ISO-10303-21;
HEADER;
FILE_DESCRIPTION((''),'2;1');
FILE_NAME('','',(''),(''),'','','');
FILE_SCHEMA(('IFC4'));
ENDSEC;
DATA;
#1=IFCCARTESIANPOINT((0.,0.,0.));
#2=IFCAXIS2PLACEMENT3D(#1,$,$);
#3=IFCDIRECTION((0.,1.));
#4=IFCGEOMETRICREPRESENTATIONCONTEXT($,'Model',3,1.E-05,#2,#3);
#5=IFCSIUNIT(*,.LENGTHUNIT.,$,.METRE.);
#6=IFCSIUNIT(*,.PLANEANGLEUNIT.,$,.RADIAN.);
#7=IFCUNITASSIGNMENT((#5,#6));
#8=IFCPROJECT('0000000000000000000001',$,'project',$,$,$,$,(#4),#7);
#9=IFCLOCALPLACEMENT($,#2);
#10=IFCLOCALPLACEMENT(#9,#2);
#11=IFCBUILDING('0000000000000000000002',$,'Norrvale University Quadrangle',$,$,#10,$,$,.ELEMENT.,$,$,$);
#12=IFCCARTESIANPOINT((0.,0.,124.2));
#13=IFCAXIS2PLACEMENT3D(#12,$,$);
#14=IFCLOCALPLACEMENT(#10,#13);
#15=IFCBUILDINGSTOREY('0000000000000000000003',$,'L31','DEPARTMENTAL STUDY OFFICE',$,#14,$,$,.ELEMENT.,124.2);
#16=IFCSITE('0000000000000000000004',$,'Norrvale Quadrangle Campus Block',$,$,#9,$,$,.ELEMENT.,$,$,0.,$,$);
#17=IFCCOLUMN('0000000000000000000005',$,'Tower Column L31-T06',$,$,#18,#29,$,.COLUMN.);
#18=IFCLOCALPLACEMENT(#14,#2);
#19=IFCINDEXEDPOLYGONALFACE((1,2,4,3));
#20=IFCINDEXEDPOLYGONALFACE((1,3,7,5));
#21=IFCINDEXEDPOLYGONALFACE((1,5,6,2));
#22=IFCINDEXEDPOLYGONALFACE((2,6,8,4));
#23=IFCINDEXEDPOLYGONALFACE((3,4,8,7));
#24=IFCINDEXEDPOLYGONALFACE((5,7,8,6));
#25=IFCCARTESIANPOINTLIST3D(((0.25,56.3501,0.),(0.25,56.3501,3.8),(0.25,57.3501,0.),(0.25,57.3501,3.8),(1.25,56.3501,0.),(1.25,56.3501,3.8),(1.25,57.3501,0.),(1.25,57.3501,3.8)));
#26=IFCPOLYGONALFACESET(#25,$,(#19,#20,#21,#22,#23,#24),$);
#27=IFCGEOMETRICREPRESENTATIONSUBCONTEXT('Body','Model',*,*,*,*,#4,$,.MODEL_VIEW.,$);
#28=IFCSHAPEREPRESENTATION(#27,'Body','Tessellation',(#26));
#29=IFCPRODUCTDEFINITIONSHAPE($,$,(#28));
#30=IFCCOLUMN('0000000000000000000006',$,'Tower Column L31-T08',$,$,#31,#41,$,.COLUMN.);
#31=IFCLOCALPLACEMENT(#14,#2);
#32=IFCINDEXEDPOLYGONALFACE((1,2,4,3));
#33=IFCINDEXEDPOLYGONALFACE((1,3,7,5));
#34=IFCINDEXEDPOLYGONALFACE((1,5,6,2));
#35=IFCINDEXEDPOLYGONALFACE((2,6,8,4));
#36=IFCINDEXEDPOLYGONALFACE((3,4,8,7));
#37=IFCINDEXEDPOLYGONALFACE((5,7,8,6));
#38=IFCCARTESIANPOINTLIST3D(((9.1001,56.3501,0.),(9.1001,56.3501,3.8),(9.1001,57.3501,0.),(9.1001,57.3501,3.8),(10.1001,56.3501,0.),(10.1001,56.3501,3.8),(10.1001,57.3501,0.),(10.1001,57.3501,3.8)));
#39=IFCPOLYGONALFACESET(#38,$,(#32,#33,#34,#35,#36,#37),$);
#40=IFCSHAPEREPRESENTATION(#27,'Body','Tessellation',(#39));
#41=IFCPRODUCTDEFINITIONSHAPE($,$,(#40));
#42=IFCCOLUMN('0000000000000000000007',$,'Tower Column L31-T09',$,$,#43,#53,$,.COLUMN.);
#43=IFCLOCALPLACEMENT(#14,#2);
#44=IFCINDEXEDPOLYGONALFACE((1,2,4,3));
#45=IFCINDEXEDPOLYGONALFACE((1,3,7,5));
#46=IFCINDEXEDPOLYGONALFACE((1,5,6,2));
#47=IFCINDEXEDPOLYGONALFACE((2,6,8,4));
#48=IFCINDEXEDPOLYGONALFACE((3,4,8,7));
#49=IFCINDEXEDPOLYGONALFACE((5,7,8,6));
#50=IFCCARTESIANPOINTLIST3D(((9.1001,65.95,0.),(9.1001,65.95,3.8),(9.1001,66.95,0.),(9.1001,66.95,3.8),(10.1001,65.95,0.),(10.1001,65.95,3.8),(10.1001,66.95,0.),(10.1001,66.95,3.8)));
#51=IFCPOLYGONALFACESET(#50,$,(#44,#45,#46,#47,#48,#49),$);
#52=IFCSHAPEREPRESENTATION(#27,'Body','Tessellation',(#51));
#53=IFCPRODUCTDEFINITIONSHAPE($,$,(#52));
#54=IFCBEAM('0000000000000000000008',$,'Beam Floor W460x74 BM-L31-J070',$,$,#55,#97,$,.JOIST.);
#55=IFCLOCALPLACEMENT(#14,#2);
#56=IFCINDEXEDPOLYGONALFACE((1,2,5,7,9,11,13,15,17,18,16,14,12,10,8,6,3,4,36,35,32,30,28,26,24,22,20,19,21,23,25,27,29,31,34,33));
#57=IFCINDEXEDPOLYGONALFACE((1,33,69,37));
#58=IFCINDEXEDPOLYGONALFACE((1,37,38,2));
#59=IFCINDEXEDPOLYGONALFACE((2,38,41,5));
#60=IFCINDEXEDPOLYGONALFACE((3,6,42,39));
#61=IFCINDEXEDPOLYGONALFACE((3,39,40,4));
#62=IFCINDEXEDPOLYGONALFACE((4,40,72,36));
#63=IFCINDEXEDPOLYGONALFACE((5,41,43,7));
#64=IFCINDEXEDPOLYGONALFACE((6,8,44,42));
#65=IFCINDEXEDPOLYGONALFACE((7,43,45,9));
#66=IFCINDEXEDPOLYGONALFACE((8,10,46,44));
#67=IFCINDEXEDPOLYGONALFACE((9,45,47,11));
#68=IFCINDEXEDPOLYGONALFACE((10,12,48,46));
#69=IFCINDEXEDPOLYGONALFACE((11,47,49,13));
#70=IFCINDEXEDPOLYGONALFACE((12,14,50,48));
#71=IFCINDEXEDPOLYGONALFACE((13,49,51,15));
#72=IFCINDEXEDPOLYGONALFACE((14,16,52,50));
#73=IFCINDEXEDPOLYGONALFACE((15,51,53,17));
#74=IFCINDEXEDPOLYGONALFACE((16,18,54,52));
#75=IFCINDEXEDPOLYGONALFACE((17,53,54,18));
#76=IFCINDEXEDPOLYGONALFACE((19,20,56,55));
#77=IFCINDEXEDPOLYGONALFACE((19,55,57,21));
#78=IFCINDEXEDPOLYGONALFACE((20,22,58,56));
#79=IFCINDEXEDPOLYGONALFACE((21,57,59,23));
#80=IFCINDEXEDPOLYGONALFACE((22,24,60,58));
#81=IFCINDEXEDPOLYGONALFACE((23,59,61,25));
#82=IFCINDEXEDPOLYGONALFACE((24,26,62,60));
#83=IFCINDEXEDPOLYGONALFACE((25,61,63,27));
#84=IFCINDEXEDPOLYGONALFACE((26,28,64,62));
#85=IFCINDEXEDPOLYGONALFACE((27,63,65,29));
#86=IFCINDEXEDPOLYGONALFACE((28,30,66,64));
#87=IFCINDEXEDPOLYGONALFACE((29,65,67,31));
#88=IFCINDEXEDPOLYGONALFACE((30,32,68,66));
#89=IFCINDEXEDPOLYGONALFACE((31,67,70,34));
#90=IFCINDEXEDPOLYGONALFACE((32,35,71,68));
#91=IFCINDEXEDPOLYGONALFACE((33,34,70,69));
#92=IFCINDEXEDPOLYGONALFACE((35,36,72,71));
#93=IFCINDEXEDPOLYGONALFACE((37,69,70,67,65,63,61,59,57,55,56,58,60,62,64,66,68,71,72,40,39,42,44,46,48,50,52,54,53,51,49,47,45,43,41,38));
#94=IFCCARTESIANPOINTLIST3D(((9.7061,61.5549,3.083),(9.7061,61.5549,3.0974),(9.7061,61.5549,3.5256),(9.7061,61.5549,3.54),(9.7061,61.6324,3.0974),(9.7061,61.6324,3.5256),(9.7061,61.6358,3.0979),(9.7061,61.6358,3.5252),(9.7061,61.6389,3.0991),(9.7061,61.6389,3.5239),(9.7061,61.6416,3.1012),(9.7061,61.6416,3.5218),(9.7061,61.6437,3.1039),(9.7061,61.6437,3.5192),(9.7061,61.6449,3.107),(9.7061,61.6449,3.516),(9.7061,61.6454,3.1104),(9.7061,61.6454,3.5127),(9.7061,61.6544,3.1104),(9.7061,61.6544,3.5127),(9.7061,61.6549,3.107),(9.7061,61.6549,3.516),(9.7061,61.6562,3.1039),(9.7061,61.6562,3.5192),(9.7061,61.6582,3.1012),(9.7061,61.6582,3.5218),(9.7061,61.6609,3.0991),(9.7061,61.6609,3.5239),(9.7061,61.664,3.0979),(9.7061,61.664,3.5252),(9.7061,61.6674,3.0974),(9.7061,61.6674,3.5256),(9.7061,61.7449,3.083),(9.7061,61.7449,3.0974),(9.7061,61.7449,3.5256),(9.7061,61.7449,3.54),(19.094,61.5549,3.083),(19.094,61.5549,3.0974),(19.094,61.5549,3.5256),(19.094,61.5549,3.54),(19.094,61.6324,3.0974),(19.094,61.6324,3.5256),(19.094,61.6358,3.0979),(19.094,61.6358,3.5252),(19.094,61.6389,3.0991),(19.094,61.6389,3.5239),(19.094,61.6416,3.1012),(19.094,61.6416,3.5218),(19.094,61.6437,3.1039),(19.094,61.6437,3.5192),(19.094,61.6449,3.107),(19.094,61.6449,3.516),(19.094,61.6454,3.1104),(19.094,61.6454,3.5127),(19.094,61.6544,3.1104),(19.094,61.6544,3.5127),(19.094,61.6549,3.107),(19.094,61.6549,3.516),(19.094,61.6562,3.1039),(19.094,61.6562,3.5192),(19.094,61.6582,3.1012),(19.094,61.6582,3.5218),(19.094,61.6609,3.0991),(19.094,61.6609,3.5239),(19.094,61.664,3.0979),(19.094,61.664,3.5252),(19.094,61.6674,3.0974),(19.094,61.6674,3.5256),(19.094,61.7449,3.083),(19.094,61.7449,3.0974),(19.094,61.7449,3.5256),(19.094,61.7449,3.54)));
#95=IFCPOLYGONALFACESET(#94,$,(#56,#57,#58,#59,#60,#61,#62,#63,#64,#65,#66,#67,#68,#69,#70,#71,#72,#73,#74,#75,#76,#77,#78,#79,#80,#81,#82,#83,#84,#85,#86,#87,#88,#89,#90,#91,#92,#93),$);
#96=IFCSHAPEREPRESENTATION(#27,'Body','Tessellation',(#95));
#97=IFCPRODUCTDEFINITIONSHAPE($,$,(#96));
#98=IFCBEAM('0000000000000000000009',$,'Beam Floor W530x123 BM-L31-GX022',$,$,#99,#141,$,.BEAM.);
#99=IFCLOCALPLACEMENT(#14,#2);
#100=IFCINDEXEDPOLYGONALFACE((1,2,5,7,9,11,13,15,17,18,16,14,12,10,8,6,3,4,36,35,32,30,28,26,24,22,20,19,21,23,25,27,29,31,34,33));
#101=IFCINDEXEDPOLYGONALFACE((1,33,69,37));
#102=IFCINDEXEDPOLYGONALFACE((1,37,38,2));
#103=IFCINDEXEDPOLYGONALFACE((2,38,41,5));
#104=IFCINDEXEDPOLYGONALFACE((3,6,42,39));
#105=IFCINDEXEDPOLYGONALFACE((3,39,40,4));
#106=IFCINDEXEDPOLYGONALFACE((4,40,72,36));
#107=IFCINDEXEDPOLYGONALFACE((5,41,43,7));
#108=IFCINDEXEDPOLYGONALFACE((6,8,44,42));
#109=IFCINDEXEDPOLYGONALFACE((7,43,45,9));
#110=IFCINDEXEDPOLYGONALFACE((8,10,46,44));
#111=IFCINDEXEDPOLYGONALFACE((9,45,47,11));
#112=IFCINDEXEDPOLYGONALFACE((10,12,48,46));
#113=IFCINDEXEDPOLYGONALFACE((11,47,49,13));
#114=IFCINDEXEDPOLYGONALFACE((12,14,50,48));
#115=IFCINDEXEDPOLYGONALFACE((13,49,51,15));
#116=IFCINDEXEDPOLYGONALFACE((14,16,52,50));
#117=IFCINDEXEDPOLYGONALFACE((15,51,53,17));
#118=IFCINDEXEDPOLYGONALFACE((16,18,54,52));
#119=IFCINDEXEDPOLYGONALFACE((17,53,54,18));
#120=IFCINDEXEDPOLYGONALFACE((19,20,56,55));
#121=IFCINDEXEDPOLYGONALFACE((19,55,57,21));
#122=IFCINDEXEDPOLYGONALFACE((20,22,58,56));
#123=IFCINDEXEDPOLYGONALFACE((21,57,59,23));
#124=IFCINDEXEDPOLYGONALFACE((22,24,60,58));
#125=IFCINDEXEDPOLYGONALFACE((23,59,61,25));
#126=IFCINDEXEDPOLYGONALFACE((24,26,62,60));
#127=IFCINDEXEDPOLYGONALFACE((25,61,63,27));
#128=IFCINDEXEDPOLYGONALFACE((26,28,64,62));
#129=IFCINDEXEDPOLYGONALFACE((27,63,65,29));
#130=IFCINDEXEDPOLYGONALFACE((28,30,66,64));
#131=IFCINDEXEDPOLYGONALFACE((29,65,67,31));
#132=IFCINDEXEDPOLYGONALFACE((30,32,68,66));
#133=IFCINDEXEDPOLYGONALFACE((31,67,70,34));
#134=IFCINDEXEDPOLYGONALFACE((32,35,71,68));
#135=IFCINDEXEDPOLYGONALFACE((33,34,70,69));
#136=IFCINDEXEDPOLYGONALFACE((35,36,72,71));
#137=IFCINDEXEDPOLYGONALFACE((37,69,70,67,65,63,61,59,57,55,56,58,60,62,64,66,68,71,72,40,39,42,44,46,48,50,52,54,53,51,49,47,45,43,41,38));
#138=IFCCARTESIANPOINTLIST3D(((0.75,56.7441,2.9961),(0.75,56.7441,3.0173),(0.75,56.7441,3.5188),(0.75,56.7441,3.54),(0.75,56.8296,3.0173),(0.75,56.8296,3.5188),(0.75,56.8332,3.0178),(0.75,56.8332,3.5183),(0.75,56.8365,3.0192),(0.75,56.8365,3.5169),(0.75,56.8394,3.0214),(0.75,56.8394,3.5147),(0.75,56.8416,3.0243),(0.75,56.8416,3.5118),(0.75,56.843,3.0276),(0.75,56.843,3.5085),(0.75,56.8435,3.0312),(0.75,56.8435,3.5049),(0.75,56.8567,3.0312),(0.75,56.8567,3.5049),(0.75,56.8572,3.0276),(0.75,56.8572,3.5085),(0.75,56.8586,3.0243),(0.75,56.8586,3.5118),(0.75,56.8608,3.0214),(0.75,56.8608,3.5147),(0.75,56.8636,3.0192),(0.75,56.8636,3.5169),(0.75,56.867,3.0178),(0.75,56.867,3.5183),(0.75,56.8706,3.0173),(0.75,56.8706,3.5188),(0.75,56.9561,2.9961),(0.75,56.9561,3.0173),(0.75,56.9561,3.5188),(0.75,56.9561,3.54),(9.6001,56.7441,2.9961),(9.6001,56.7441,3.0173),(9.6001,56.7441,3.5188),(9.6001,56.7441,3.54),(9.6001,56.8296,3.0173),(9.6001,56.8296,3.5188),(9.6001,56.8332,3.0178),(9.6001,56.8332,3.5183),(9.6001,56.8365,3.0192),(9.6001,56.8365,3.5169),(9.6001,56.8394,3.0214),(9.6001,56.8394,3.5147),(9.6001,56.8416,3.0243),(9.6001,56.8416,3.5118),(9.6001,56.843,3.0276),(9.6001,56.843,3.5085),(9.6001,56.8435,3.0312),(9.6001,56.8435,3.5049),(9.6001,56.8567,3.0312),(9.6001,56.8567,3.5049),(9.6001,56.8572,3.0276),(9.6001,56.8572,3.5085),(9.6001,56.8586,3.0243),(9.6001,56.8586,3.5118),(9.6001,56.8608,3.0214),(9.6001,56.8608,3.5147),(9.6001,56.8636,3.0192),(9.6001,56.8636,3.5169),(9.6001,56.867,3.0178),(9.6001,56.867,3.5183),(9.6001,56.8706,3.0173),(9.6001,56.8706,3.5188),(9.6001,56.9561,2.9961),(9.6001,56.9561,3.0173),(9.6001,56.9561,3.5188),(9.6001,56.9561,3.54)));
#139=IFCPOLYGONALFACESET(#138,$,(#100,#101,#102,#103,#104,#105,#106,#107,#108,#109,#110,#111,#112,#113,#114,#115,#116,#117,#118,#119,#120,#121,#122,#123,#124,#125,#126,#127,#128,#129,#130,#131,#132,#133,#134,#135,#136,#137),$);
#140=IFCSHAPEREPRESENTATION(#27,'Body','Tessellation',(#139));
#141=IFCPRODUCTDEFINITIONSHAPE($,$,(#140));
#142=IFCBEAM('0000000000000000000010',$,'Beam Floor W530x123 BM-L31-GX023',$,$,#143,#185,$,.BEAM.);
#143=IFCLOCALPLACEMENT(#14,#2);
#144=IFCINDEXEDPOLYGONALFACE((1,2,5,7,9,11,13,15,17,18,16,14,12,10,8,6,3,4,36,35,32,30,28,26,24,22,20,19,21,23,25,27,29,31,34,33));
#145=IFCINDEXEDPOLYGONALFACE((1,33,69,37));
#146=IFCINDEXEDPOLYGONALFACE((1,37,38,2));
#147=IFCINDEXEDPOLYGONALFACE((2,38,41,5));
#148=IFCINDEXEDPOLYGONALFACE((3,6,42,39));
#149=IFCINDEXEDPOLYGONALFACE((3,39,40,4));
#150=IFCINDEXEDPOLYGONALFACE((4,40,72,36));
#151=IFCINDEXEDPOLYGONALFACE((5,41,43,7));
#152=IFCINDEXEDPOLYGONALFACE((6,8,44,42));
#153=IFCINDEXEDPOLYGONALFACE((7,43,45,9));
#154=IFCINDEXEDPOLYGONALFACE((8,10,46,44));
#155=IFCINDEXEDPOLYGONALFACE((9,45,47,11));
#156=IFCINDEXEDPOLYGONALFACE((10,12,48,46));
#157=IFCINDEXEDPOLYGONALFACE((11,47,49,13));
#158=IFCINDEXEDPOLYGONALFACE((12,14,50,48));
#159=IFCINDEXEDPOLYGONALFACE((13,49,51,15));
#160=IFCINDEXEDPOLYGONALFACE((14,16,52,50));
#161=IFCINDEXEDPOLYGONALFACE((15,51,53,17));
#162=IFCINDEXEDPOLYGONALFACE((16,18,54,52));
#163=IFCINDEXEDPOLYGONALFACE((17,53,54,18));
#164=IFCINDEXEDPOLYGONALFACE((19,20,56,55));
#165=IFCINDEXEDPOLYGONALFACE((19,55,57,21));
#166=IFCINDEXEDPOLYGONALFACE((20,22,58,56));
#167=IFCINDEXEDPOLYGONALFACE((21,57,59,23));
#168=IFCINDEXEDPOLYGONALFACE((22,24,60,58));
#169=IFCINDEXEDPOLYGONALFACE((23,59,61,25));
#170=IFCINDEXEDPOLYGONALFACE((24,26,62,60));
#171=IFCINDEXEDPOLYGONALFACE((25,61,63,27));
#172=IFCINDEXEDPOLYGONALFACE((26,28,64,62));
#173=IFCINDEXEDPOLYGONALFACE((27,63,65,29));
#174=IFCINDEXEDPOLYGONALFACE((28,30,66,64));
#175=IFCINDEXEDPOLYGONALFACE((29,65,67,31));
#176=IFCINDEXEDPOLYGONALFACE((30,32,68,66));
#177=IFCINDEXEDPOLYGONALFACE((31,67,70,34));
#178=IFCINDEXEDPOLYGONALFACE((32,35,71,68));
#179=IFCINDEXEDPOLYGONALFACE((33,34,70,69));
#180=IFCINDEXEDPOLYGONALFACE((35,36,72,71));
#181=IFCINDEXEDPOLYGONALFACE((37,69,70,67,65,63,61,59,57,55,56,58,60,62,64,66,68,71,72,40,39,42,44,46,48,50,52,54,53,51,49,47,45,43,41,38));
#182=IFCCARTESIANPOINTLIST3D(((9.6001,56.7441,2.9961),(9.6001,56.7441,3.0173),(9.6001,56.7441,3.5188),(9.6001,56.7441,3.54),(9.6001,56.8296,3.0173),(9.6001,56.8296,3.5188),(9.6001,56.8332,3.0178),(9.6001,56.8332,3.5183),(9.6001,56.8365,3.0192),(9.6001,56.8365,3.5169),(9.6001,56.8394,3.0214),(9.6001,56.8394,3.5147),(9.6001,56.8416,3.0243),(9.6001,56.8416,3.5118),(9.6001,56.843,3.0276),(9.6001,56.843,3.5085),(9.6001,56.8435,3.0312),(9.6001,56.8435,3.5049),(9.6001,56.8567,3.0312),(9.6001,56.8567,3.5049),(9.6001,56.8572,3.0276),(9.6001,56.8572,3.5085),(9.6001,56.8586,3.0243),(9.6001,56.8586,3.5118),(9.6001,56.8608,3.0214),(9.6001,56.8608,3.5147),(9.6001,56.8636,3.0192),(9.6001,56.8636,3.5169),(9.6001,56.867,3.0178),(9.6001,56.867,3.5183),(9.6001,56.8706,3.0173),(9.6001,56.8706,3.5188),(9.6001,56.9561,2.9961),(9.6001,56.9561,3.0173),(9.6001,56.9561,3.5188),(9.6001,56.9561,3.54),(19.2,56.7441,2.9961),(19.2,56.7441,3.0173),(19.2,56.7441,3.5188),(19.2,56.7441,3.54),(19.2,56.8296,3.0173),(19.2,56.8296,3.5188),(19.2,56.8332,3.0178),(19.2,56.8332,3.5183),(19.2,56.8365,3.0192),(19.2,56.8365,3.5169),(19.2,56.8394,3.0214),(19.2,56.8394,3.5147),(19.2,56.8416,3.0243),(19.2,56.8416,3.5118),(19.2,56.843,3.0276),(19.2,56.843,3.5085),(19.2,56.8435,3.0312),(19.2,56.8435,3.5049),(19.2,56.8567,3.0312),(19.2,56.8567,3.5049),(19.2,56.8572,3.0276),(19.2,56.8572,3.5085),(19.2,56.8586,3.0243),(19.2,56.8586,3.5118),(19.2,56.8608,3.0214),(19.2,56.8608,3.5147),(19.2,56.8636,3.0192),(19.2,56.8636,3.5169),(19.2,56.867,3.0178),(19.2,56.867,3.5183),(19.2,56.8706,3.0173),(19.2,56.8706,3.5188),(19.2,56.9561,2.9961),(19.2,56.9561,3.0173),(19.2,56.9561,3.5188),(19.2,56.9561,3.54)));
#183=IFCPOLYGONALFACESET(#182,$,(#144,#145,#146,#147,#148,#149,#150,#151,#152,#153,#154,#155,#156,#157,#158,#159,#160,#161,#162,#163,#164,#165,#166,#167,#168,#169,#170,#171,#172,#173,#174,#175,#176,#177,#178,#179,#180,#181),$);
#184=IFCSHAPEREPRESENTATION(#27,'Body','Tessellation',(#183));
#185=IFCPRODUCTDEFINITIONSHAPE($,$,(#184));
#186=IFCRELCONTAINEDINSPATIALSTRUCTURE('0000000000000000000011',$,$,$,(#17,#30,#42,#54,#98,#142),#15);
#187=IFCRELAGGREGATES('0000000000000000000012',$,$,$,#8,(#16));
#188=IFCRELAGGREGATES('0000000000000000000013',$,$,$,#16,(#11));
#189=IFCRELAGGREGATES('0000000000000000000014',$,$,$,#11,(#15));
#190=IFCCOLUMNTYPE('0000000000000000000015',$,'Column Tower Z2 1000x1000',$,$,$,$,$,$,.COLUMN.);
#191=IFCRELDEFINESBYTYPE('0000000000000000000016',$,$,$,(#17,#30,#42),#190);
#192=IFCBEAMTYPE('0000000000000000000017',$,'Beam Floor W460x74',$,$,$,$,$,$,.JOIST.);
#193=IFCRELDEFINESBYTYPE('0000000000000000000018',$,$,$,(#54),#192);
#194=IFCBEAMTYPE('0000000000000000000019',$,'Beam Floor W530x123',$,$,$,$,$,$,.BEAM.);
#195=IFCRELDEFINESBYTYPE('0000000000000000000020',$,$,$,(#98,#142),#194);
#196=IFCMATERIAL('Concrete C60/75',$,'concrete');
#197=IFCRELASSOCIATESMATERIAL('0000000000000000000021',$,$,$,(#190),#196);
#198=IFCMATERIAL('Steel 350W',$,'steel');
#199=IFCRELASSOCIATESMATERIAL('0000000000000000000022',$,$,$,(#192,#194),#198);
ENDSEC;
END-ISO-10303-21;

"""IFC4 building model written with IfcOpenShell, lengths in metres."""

from ifc_helpers import new_model, si_unit, direction, frame, origin, origin_2d, place, context, subcontext, project, spatial, rectangle, i_section, extrude, material, material_profile, profile_set, type_object, element, save


model = new_model("IFC4")

# Units and contexts
model_context = context("Model", 3, precision=1e-05, world=origin(), true_north=direction((0.0, 1.0)))
body_context = subcontext(model_context, "Body", "Model", "MODEL_VIEW")
ifc_project = project(units=[si_unit("LENGTHUNIT", "METRE"), si_unit("PLANEANGLEUNIT", "RADIAN")], contexts=[model_context])

# Site, building, storey
site_placement = place(None, origin())
site = spatial("IfcSite", under=ifc_project, at=site_placement, Name="Norrvale Quadrangle Campus Block", CompositionType="ELEMENT", RefElevation=0.0)
building_placement = place(site_placement, origin())
building = spatial("IfcBuilding", under=site, at=building_placement, Name="Norrvale University Quadrangle", CompositionType="ELEMENT")
storey_placement = place(building_placement, frame((0.0, 0.0, 124.2)))
storey = spatial("IfcBuildingStorey", under=building, at=storey_placement, Name="L31", Description="DEPARTMENTAL STUDY OFFICE", CompositionType="ELEMENT", Elevation=124.2)

# Columns
ifc_material_1 = material(Name="Concrete C60/75", Category="concrete")
ifc_material_profile_1 = material_profile(ifc_material_1, rectangle(XDim=1.0, YDim=1.0, at=origin_2d()), Name="Concrete C60/75")
ifc_profile_set_1 = profile_set([ifc_material_profile_1], Name="Concrete C60/75")
column_type = type_object("IfcColumnType", Name="Column Tower Z2 1000x1000", PredefinedType="COLUMN", material=ifc_profile_set_1)
for number, where, z_axis, x_axis, name in (
    (1, (0.75, 56.8501, 0.0), (0.0, 0.0, 1.0), (1.0, 0.0, 0.0), "Tower Column L31-T06"),
    (2, (9.6001, 56.8501, 0.0), (0.0, 0.0, 1.0), (1.0, 0.0, 0.0), "Tower Column L31-T08"),
    (3, (9.6001, 66.45, 0.0), (0.0, 0.0, 1.0), (1.0, 0.0, 0.0), "Tower Column L31-T09"),
):
    element("IfcColumn", number, at=place(storey_placement, frame(where, z_axis=z_axis, x_axis=x_axis)), inside=storey, type_object=column_type, Name=name, PredefinedType="COLUMN", context=body_context, shape_type="SweptSolid", body=[
        extrude(rectangle(XDim=1.0, YDim=1.0, at=origin_2d()), origin(), (0.0, 0.0, 1.0), 3.8),
    ])

# Beams
ifc_material_2 = material(Name="Steel 350W", Category="steel")
ifc_material_profile_2 = material_profile(ifc_material_2, i_section(OverallWidth=0.1899, OverallDepth=0.457, WebThickness=0.009, FlangeThickness=0.0144, FilletRadius=0.0129, at=origin_2d()), Name="Steel 350W")
ifc_profile_set_2 = profile_set([ifc_material_profile_2], Name="Steel 350W")
beam_type_1 = type_object("IfcBeamType", Name="Beam Floor W460x74", PredefinedType="JOIST", material=ifc_profile_set_2)
beam_1_placement = place(storey_placement, frame((9.7061, 61.6499, 3.3115), z_axis=(1.0, 0.0, 0.0), x_axis=(0.0, 1.0, 0.0)))
element("IfcBeam", 4, at=beam_1_placement, inside=storey, type_object=beam_type_1, Name="Beam Floor W460x74 BM-L31-J070", PredefinedType="JOIST", context=body_context, shape_type="SweptSolid", body=[
    extrude(i_section(OverallWidth=0.1899, OverallDepth=0.457, WebThickness=0.009, FlangeThickness=0.0144, FilletRadius=0.0129, at=origin_2d()), origin(), (0.0, 0.0, 1.0), 9.3879),
])
ifc_material_profile_3 = material_profile(ifc_material_2, i_section(OverallWidth=0.2119, OverallDepth=0.5439, WebThickness=0.0132, FlangeThickness=0.0212, FilletRadius=0.0139, at=origin_2d()), Name="Steel 350W")
ifc_profile_set_3 = profile_set([ifc_material_profile_3], Name="Steel 350W")
beam_type_2 = type_object("IfcBeamType", Name="Beam Floor W530x123", PredefinedType="BEAM", material=ifc_profile_set_3)
beam_2_placement = place(storey_placement, frame((0.75, 56.8501, 3.2681), z_axis=(1.0, 0.0, 0.0), x_axis=(0.0, 1.0, 0.0)))
element("IfcBeam", 5, at=beam_2_placement, inside=storey, type_object=beam_type_2, Name="Beam Floor W530x123 BM-L31-GX022", PredefinedType="BEAM", context=body_context, shape_type="SweptSolid", body=[
    extrude(i_section(OverallWidth=0.2119, OverallDepth=0.5439, WebThickness=0.0132, FlangeThickness=0.0212, FilletRadius=0.0139, at=origin_2d()), origin(), (0.0, 0.0, 1.0), 8.8501),
])
for number, where, z_axis, x_axis, name in (
    (6, (9.6001, 56.8501, 3.2681), (1.0, 0.0, 0.0), (0.0, 1.0, 0.0), "Beam Floor W530x123 BM-L31-GX023"),
):
    element("IfcBeam", number, at=place(storey_placement, frame(where, z_axis=z_axis, x_axis=x_axis)), inside=storey, type_object=beam_type_2, Name=name, PredefinedType="BEAM", context=body_context, shape_type="SweptSolid", body=[
        extrude(i_section(OverallWidth=0.2119, OverallDepth=0.5439, WebThickness=0.0132, FlangeThickness=0.0212, FilletRadius=0.0139, at=origin_2d()), origin(), (0.0, 0.0, 1.0), 9.5999),
    ])

save(model, "model.ifc")
